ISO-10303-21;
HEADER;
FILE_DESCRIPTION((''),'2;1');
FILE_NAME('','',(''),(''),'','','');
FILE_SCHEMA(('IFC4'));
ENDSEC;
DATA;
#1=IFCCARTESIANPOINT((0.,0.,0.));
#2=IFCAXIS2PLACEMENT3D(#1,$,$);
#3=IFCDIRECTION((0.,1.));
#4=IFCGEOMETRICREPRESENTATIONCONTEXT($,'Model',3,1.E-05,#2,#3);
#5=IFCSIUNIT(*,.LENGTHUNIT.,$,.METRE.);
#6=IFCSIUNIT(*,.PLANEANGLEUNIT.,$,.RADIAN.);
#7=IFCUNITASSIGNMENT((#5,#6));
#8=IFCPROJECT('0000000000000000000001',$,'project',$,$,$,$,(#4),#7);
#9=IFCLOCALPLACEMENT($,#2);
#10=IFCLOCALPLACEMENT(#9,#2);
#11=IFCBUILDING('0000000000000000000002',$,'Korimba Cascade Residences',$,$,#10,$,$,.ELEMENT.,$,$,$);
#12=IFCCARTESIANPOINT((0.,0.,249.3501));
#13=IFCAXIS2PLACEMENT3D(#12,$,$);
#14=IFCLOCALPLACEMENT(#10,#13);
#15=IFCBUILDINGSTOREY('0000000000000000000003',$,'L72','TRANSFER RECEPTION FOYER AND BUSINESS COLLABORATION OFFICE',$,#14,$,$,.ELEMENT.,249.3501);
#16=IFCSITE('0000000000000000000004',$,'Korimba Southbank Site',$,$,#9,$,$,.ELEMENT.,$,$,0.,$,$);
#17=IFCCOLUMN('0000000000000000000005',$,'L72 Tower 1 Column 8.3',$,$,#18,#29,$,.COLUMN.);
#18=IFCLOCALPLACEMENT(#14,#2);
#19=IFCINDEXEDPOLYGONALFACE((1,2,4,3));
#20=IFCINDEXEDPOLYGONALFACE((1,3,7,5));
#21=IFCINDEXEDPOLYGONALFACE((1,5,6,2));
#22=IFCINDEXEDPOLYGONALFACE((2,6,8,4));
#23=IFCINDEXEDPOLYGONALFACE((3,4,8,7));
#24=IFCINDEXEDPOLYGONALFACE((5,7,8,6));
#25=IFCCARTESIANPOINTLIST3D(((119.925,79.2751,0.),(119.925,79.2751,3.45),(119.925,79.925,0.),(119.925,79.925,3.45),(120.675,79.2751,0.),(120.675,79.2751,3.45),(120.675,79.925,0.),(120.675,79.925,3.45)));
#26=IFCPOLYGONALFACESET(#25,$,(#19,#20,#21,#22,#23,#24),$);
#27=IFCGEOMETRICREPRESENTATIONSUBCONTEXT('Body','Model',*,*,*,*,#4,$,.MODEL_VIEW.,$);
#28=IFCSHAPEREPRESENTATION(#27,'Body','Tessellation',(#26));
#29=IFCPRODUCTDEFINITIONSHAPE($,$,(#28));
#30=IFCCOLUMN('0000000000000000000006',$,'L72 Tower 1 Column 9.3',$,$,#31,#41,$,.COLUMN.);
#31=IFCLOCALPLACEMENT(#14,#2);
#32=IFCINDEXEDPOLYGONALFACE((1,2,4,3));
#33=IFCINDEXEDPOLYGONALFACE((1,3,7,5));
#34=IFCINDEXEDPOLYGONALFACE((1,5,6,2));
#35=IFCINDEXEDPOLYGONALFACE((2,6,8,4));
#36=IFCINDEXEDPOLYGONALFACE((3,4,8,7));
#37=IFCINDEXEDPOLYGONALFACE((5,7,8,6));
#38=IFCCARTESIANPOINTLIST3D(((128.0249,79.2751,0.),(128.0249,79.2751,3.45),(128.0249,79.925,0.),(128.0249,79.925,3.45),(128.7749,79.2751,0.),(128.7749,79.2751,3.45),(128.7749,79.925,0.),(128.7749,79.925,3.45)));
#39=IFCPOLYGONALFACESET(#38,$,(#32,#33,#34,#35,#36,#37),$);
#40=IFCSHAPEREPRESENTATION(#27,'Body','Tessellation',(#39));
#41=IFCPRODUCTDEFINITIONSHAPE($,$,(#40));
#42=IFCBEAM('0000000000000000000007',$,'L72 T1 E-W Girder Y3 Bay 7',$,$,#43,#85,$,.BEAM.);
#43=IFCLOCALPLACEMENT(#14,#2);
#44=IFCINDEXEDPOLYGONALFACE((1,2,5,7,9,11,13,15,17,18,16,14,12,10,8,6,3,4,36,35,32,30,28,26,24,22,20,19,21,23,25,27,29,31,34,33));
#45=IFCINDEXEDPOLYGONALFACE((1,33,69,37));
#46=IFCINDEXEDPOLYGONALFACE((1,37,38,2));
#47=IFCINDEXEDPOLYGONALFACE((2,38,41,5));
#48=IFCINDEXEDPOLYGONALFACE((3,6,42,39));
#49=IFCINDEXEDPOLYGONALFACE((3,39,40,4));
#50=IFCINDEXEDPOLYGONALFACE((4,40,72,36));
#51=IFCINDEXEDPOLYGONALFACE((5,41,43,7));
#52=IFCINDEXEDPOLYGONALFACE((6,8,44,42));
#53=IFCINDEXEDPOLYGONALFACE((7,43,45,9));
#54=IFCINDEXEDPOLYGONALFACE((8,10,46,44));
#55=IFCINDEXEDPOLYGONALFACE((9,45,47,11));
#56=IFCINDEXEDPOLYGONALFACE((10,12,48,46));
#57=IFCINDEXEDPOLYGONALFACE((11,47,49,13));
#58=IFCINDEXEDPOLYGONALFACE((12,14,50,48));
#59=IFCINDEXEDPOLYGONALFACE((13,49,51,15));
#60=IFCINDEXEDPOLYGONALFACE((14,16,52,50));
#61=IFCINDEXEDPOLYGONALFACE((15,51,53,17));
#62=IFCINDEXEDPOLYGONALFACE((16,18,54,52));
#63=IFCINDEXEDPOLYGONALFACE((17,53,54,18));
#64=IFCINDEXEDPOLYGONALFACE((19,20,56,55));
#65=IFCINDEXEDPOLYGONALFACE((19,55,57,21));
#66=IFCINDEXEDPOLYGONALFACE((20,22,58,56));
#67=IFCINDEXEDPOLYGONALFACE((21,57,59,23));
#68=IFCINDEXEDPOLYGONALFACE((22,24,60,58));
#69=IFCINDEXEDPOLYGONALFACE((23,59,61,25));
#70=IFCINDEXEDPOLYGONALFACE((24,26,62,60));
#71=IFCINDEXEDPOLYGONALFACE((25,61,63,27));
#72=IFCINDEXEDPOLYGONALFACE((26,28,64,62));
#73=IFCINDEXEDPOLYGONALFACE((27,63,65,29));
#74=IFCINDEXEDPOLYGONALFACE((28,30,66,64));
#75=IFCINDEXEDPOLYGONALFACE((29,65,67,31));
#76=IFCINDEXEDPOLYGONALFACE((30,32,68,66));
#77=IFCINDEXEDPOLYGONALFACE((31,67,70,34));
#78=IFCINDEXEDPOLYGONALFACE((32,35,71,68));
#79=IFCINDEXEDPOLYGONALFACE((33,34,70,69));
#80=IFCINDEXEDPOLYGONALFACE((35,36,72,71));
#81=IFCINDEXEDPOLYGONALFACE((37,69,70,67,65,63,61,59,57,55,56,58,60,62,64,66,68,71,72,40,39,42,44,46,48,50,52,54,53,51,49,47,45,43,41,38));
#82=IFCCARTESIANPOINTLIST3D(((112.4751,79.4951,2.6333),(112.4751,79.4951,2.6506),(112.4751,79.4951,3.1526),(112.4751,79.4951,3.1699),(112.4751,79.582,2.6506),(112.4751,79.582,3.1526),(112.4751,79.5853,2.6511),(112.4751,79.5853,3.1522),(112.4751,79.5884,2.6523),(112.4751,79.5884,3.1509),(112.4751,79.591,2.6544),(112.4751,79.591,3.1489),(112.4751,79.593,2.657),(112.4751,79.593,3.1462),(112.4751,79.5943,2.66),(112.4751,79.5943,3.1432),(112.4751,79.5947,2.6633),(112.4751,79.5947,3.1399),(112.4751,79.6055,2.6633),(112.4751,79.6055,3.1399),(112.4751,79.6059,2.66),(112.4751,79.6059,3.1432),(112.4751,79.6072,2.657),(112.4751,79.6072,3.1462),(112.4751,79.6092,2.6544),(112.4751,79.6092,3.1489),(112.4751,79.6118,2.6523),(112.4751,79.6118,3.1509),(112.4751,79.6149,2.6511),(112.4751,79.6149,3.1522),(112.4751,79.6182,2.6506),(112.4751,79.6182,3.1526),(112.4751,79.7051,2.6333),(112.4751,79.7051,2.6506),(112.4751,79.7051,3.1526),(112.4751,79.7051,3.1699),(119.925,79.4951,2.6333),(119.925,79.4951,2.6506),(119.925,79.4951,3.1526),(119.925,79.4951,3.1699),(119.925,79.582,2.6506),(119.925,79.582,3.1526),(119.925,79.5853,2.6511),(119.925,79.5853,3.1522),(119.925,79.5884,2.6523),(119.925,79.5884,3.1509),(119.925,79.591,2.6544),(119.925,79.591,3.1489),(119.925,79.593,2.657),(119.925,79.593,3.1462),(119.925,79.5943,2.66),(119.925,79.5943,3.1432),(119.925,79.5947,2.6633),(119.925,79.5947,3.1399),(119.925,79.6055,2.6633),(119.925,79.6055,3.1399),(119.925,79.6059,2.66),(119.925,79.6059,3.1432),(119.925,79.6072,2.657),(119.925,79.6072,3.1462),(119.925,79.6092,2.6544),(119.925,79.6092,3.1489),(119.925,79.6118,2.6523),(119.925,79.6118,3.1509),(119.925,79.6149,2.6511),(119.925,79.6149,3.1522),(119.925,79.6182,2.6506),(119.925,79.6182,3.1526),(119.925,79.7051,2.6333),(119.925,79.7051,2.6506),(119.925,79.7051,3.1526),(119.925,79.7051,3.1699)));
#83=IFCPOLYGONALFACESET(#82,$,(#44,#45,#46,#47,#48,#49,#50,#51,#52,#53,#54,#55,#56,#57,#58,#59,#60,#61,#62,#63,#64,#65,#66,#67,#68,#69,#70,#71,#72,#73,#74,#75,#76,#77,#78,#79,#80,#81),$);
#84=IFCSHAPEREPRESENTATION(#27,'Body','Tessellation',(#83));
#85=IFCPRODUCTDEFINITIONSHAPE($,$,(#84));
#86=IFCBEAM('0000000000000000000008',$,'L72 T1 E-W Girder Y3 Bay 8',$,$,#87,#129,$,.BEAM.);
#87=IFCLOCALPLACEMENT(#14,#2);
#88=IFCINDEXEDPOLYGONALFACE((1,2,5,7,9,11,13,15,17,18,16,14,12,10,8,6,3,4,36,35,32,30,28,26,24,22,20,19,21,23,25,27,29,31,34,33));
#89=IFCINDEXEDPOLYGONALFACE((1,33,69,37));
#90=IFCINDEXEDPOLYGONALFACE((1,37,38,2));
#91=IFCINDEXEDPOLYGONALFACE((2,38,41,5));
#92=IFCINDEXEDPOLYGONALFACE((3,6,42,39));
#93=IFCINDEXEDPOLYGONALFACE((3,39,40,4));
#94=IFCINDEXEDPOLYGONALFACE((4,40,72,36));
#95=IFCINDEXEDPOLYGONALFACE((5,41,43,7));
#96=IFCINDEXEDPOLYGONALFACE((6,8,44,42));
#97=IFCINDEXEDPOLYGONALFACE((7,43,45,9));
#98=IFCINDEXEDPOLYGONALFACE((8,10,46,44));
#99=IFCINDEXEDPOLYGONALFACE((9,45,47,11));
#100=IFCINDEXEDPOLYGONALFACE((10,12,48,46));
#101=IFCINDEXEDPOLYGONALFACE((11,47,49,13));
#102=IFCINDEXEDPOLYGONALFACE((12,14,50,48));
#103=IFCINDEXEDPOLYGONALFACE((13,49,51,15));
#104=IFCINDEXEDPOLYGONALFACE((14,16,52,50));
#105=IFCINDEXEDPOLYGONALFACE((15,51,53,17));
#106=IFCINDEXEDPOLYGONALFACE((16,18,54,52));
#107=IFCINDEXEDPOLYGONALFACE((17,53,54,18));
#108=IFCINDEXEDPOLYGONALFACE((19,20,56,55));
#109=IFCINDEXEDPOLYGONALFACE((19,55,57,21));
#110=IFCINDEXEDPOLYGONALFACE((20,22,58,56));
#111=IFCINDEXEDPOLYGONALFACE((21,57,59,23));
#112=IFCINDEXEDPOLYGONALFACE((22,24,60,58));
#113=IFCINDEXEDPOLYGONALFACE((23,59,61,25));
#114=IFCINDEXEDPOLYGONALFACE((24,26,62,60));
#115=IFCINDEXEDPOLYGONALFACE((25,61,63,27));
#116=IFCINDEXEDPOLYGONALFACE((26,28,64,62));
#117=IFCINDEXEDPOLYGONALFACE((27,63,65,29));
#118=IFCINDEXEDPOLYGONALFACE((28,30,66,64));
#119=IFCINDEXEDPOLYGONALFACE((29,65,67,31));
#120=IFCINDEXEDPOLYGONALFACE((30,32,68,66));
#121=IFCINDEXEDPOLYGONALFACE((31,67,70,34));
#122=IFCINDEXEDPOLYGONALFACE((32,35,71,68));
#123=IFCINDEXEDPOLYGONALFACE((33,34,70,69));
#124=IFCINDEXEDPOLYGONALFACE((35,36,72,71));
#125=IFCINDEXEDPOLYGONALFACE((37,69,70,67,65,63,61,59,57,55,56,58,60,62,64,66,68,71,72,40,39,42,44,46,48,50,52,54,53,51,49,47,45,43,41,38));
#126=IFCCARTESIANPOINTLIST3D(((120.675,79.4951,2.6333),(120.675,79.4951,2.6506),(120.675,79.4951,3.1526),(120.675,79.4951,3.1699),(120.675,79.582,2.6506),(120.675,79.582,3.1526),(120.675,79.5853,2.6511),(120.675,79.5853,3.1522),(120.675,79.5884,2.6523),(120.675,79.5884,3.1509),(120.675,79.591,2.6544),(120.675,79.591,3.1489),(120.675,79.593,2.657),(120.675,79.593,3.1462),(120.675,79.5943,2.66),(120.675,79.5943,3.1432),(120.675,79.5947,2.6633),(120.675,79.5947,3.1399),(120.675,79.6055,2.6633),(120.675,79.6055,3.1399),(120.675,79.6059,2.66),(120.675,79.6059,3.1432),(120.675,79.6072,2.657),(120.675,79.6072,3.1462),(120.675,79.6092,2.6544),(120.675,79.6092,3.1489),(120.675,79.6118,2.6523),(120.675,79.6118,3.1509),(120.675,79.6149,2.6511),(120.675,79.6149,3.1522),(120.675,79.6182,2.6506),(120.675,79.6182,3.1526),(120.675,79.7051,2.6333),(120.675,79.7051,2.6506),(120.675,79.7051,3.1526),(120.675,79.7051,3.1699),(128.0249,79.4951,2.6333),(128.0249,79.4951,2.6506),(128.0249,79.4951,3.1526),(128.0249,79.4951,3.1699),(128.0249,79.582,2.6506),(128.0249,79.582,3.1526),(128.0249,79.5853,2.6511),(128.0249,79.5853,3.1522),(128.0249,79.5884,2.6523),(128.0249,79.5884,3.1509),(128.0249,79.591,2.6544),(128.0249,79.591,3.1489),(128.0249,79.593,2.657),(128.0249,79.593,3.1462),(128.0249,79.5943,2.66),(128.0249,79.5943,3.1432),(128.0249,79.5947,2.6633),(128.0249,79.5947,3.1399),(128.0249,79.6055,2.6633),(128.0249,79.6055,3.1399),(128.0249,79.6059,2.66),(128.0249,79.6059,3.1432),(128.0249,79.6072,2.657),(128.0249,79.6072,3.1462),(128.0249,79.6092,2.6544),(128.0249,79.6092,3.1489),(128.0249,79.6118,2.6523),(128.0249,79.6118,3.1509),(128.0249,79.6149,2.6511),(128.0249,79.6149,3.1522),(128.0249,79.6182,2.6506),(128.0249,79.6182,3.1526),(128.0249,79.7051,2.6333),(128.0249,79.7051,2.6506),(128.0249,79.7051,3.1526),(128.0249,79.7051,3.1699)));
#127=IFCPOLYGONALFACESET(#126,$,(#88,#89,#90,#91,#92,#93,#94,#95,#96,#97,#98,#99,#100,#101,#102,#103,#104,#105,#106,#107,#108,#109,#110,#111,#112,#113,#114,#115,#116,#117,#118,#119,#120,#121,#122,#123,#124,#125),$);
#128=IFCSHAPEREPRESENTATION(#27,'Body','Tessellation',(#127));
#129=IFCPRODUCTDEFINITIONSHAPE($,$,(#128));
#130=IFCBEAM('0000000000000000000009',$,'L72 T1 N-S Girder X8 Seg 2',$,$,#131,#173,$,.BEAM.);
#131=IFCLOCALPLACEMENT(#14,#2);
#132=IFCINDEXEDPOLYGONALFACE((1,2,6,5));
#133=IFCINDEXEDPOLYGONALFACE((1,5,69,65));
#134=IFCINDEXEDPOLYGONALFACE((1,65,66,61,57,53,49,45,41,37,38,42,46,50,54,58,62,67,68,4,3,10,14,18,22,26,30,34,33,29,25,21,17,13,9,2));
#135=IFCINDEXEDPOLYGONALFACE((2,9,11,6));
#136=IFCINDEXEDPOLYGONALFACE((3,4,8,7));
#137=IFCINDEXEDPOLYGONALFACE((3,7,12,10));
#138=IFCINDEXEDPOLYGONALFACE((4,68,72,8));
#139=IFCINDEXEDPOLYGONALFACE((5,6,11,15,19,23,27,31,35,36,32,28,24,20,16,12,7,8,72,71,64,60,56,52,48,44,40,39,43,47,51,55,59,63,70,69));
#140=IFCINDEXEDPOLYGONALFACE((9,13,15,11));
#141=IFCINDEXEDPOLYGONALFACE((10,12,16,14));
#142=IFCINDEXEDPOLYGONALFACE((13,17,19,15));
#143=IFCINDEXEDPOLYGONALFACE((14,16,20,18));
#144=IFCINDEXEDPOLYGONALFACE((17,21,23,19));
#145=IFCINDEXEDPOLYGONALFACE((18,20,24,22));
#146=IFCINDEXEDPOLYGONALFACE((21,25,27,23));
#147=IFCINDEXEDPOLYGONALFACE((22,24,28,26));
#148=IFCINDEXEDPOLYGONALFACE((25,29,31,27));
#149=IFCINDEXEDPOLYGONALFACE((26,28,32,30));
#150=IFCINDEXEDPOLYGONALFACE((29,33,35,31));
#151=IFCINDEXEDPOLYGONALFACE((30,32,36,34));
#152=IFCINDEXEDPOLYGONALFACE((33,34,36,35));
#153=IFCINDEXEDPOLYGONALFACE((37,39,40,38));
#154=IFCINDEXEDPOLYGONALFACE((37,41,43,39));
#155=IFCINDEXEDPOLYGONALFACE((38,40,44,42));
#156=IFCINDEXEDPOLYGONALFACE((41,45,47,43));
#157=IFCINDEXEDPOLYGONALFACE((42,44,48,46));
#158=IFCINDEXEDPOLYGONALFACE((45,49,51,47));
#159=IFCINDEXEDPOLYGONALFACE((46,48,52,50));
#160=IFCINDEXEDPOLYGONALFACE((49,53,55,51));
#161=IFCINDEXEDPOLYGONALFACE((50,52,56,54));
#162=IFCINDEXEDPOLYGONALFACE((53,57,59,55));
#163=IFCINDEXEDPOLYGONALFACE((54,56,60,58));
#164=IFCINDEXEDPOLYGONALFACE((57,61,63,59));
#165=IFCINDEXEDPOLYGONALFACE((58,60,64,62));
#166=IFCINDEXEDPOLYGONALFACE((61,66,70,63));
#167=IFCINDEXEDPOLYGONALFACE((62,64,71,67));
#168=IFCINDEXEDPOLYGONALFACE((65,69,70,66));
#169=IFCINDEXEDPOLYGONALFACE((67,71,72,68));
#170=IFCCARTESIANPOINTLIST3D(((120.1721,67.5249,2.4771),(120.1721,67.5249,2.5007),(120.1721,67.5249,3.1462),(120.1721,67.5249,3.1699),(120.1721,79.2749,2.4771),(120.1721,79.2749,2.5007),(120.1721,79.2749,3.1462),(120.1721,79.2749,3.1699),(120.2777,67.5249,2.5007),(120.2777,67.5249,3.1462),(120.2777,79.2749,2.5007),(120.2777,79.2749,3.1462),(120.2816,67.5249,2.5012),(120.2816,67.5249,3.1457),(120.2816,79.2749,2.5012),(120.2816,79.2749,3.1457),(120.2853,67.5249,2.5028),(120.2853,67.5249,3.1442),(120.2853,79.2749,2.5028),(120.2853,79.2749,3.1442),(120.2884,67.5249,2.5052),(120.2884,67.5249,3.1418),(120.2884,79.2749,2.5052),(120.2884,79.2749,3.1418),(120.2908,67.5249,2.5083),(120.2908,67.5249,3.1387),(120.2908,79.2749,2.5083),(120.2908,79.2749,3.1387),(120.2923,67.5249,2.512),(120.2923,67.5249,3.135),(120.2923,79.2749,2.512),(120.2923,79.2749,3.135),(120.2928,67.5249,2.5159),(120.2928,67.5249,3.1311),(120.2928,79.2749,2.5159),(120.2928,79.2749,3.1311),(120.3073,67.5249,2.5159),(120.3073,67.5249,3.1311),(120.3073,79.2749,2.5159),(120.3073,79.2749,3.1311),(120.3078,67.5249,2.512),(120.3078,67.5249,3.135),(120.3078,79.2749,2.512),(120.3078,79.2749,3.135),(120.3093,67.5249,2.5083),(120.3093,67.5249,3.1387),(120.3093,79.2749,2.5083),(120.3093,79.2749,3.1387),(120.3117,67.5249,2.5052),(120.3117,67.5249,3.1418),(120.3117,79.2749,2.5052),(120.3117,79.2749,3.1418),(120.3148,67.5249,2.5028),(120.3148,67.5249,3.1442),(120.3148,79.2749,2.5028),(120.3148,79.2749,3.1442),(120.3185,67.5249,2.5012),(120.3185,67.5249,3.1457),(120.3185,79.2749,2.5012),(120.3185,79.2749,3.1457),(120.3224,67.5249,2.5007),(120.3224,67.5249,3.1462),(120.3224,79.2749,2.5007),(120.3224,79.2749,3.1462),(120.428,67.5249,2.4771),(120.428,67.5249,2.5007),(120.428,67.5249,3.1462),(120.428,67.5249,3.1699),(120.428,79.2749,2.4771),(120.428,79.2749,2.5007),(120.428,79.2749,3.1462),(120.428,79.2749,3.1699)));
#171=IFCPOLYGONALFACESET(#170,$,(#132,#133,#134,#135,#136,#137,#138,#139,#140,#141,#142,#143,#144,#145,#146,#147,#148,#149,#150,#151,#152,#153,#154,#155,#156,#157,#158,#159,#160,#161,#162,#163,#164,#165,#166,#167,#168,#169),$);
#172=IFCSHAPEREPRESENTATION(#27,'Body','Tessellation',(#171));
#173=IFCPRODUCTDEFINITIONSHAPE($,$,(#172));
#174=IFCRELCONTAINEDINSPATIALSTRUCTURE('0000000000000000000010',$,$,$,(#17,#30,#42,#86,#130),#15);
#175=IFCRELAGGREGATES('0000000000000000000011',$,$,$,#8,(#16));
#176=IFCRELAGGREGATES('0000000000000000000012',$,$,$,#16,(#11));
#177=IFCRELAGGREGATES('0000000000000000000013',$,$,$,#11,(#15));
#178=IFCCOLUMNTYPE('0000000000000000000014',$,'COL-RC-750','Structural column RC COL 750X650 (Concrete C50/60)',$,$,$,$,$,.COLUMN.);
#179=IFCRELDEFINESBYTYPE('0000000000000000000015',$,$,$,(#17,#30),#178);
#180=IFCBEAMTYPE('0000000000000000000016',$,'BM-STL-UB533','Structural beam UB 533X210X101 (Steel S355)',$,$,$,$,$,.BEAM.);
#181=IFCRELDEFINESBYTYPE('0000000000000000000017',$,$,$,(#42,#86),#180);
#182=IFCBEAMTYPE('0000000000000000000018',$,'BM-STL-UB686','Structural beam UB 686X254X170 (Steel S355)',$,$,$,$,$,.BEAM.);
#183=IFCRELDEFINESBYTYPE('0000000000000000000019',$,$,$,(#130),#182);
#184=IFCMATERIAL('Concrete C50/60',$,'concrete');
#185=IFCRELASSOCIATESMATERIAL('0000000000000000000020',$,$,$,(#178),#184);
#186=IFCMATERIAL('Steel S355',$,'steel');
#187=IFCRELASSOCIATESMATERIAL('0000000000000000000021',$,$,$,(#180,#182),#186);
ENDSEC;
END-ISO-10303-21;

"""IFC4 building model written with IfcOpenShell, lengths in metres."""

from ifc_helpers import new_model, si_unit, direction, frame, origin, origin_2d, place, context, subcontext, project, spatial, rectangle, i_section, extrude, material, material_profile, profile_set, type_object, element, save


model = new_model("IFC4")

# Units and contexts
model_context = context("Model", 3, precision=1e-05, world=origin(), true_north=direction((0.0, 1.0)))
body_context = subcontext(model_context, "Body", "Model", "MODEL_VIEW")
ifc_project = project(units=[si_unit("LENGTHUNIT", "METRE"), si_unit("PLANEANGLEUNIT", "RADIAN")], contexts=[model_context])

# Site, building, storey
site_placement = place(None, origin())
site = spatial("IfcSite", under=ifc_project, at=site_placement, Name="Korimba Southbank Site", CompositionType="ELEMENT", RefElevation=0.0)
building_placement = place(site_placement, origin())
building = spatial("IfcBuilding", under=site, at=building_placement, Name="Korimba Cascade Residences", CompositionType="ELEMENT")
storey_placement = place(building_placement, frame((0.0, 0.0, 249.3501)))
storey = spatial("IfcBuildingStorey", under=building, at=storey_placement, Name="L72", Description="TRANSFER RECEPTION FOYER AND BUSINESS COLLABORATION OFFICE", CompositionType="ELEMENT", Elevation=249.3501)

# Columns
ifc_material_1 = material(Name="Concrete C50/60", Category="concrete")
ifc_material_profile_1 = material_profile(ifc_material_1, rectangle(XDim=0.75, YDim=0.6499, at=origin_2d()), Name="Concrete C50/60")
ifc_profile_set_1 = profile_set([ifc_material_profile_1], Name="Concrete C50/60")
column_type = type_object("IfcColumnType", Name="COL-RC-750", Description="Structural column RC COL 750X650 (Concrete C50/60)", PredefinedType="COLUMN", material=ifc_profile_set_1)
for number, where, z_axis, x_axis, name in (
    (1, (120.3, 79.6001, 0.0), (0.0, 0.0, 1.0), (1.0, 0.0, 0.0), "L72 Tower 1 Column 8.3"),
    (2, (128.3999, 79.6001, 0.0), (0.0, 0.0, 1.0), (1.0, 0.0, 0.0), "L72 Tower 1 Column 9.3"),
):
    element("IfcColumn", number, at=place(storey_placement, frame(where, z_axis=z_axis, x_axis=x_axis)), inside=storey, type_object=column_type, Name=name, PredefinedType="COLUMN", context=body_context, shape_type="SweptSolid", body=[
        extrude(rectangle(XDim=0.75, YDim=0.6499, at=origin_2d()), origin(), (0.0, 0.0, 1.0), 3.45),
    ])

# Beams
ifc_material_2 = material(Name="Steel S355", Category="steel")
ifc_material_profile_2 = material_profile(ifc_material_2, i_section(OverallWidth=0.21, OverallDepth=0.5366, WebThickness=0.0107, FlangeThickness=0.0173, FilletRadius=0.0127, at=origin_2d()), Name="Steel S355")
ifc_profile_set_2 = profile_set([ifc_material_profile_2], Name="Steel S355")
beam_type_1 = type_object("IfcBeamType", Name="BM-STL-UB533", Description="Structural beam UB 533X210X101 (Steel S355)", PredefinedType="BEAM", material=ifc_profile_set_2)
beam_1_placement = place(storey_placement, frame((112.4751, 79.6001, 2.9016), z_axis=(1.0, 0.0, 0.0), x_axis=(0.0, 1.0, 0.0)))
element("IfcBeam", 3, at=beam_1_placement, inside=storey, type_object=beam_type_1, Name="L72 T1 E-W Girder Y3 Bay 7", PredefinedType="BEAM", context=body_context, shape_type="SweptSolid", body=[
    extrude(i_section(OverallWidth=0.21, OverallDepth=0.5366, WebThickness=0.0107, FlangeThickness=0.0173, FilletRadius=0.0127, at=origin_2d()), origin(), (0.0, 0.0, 1.0), 7.45),
])
beam_2_placement = place(storey_placement, frame((120.675, 79.6001, 2.9016), z_axis=(1.0, 0.0, 0.0), x_axis=(0.0, 1.0, 0.0)))
element("IfcBeam", 4, at=beam_2_placement, inside=storey, type_object=beam_type_1, Name="L72 T1 E-W Girder Y3 Bay 8", PredefinedType="BEAM", context=body_context, shape_type="SweptSolid", body=[
    extrude(i_section(OverallWidth=0.21, OverallDepth=0.5366, WebThickness=0.0107, FlangeThickness=0.0173, FilletRadius=0.0127, at=origin_2d()), origin(), (0.0, 0.0, 1.0), 7.3499),
])
ifc_material_profile_3 = material_profile(ifc_material_2, i_section(OverallWidth=0.2559, OverallDepth=0.6929, WebThickness=0.0144, FlangeThickness=0.0237, FilletRadius=0.0151, at=origin_2d()), Name="Steel S355")
ifc_profile_set_3 = profile_set([ifc_material_profile_3], Name="Steel S355")
beam_type_2 = type_object("IfcBeamType", Name="BM-STL-UB686", Description="Structural beam UB 686X254X170 (Steel S355)", PredefinedType="BEAM", material=ifc_profile_set_3)
beam_3_placement = place(storey_placement, frame((120.3, 67.5249, 2.8235), z_axis=(0.0, 1.0, 0.0), x_axis=(-1.0, 0.0, 0.0)))
element("IfcBeam", 5, at=beam_3_placement, inside=storey, type_object=beam_type_2, Name="L72 T1 N-S Girder X8 Seg 2", PredefinedType="BEAM", context=body_context, shape_type="SweptSolid", body=[
    extrude(i_section(OverallWidth=0.2559, OverallDepth=0.6929, WebThickness=0.0144, FlangeThickness=0.0237, FilletRadius=0.0151, at=origin_2d()), origin(), (0.0, 0.0, 1.0), 11.75),
])

save(model, "model.ifc")
